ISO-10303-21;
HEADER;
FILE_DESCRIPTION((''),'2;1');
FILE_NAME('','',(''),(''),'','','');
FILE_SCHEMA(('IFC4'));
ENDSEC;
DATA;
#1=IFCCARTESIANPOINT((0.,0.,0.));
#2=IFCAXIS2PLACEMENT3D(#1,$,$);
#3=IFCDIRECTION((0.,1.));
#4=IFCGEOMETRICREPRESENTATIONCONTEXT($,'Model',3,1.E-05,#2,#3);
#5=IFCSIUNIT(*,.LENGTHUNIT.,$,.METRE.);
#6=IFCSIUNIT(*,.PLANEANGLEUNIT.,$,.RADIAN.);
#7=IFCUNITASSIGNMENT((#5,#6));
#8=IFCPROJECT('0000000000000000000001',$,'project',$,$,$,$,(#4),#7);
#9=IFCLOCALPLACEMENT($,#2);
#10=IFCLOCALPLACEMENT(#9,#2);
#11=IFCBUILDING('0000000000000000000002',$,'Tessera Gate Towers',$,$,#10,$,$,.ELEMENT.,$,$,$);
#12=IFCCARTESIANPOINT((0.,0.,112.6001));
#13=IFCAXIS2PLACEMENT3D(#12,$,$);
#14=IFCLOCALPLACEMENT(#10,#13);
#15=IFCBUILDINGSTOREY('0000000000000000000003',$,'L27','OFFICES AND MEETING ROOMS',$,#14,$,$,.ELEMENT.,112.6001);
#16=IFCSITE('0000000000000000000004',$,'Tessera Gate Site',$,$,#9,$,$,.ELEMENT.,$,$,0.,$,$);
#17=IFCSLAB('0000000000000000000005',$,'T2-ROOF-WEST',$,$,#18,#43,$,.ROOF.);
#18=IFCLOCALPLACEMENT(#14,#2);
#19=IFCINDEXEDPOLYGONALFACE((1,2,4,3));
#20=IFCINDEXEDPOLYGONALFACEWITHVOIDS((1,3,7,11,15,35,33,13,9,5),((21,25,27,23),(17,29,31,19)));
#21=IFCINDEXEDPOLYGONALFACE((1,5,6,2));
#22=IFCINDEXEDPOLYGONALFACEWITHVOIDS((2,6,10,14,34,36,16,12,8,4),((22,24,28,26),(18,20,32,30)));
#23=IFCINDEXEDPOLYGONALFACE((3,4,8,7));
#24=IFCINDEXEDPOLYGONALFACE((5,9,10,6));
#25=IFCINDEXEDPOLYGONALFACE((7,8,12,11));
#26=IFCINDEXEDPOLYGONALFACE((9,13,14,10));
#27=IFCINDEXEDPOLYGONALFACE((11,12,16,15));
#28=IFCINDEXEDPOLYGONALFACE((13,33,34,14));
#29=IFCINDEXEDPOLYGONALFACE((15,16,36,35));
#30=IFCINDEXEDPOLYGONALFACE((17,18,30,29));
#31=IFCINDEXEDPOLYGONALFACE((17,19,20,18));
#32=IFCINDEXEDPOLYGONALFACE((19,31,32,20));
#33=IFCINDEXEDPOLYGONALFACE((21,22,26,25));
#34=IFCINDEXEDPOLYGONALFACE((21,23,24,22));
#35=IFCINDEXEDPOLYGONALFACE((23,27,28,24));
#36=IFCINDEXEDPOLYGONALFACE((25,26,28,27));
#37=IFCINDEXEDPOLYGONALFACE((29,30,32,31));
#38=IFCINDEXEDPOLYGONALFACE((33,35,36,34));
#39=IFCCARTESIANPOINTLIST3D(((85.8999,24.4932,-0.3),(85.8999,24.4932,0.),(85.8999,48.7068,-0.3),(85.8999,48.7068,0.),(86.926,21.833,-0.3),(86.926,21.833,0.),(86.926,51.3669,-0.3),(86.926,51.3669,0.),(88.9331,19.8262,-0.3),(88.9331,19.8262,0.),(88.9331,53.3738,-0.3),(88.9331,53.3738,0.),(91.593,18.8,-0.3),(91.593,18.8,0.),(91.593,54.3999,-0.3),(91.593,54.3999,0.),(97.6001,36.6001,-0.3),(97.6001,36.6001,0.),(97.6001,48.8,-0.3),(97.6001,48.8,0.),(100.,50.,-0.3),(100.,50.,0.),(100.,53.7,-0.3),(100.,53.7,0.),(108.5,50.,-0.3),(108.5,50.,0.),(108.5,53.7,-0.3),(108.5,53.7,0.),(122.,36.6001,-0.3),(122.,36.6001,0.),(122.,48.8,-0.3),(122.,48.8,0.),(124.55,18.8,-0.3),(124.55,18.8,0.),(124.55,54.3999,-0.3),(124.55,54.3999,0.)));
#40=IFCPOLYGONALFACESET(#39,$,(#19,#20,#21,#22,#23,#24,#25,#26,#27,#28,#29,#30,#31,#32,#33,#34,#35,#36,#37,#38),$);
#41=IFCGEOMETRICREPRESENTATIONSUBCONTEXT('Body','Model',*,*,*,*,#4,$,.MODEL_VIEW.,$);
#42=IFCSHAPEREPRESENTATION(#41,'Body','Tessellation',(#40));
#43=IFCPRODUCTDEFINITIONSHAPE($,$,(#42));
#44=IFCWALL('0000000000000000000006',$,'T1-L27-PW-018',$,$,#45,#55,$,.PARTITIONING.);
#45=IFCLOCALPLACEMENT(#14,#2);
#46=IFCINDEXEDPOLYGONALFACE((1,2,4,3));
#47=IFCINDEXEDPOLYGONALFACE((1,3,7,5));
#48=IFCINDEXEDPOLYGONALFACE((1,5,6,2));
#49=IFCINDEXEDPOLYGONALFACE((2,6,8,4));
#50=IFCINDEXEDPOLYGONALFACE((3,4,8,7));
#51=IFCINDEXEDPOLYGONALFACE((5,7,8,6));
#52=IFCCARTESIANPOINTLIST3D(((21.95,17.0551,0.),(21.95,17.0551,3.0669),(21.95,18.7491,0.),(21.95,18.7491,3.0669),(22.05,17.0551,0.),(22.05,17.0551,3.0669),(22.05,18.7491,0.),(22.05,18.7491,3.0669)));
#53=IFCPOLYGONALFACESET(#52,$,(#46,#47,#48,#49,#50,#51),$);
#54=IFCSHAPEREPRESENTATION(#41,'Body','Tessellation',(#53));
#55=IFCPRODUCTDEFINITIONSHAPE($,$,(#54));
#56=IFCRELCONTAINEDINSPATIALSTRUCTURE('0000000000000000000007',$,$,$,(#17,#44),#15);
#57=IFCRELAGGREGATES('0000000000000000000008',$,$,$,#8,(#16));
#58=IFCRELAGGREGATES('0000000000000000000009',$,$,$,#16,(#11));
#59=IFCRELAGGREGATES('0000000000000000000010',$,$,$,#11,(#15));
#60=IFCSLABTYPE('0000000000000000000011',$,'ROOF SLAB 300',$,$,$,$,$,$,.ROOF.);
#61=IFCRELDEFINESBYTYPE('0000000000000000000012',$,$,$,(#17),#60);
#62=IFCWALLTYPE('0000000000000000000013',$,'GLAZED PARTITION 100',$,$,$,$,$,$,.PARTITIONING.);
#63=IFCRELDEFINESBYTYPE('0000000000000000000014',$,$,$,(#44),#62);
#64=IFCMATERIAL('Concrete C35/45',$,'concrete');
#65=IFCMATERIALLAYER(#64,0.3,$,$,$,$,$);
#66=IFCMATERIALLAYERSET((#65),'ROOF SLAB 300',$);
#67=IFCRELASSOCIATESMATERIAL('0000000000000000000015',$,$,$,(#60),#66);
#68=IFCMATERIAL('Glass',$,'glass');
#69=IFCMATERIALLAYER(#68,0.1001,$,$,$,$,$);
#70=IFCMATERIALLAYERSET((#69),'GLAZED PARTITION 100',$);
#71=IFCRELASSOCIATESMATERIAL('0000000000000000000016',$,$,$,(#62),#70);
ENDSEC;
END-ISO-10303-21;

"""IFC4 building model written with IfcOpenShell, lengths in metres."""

from ifc_helpers import new_model, si_unit, direction, frame, frame_2d, origin, place, context, subcontext, project, spatial, polyline, rectangle, outline, extrude, material, layer, layer_set, type_object, element, save


model = new_model("IFC4")

# Units and contexts
model_context = context("Model", 3, precision=1e-05, world=origin(), true_north=direction((0.0, 1.0)))
body_context = subcontext(model_context, "Body", "Model", "MODEL_VIEW")
ifc_project = project(units=[si_unit("LENGTHUNIT", "METRE"), si_unit("PLANEANGLEUNIT", "RADIAN")], contexts=[model_context])

# Site, building, storey
site_placement = place(None, origin())
site = spatial("IfcSite", under=ifc_project, at=site_placement, Name="Tessera Gate Site", CompositionType="ELEMENT", RefElevation=0.0)
building_placement = place(site_placement, origin())
building = spatial("IfcBuilding", under=site, at=building_placement, Name="Tessera Gate Towers", CompositionType="ELEMENT")
storey_placement = place(building_placement, frame((0.0, 0.0, 112.6001)))
storey = spatial("IfcBuildingStorey", under=building, at=storey_placement, Name="L27", Description="OFFICES AND MEETING ROOMS", CompositionType="ELEMENT", Elevation=112.6001)

# Slab
ifc_material_1 = material(Name="Concrete C35/45", Category="concrete")
ifc_layer_1 = layer(ifc_material_1, 0.3)
ifc_layer_set_1 = layer_set([ifc_layer_1], Name="ROOF SLAB 300")
slab_type_1 = type_object("IfcSlabType", Name="ROOF SLAB 300", PredefinedType="ROOF", material=ifc_layer_set_1)
slab_1_placement = place(storey_placement, frame((0.0, 0.0, -0.3)))
element("IfcSlab", 1, at=slab_1_placement, inside=storey, type_object=slab_type_1, Name="T2-ROOF-WEST", PredefinedType="ROOF", context=body_context, shape_type="SweptSolid", body=[
    extrude(outline(polyline([(85.8999, 24.4932), (86.926, 21.833), (88.9331, 19.8262), (91.593, 18.8), (124.55, 18.8), (124.55, 54.3999), (91.593, 54.3999), (88.9331, 53.3738), (86.926, 51.3669), (85.8999, 48.7068), (85.8999, 24.4932)]), holes=[polyline([(97.6001, 36.6001), (97.6001, 48.8), (122.0, 48.8), (122.0, 36.6001), (97.6001, 36.6001)]), polyline([(100.0, 50.0), (100.0, 53.7), (108.5, 53.7), (108.5, 50.0), (100.0, 50.0)])]), origin(), (0.0, 0.0, 1.0), 0.3),
])

# Wall
ifc_material_2 = material(Name="Glass", Category="glass")
ifc_layer_2 = layer(ifc_material_2, 0.1001)
ifc_layer_set_2 = layer_set([ifc_layer_2], Name="GLAZED PARTITION 100")
wall_type = type_object("IfcWallType", Name="GLAZED PARTITION 100", PredefinedType="PARTITIONING", material=ifc_layer_set_2)
wall_placement = place(storey_placement, frame((22.0, 17.0549, 0.0), z_axis=(0.0, 0.0, 1.0), x_axis=(0.0, 1.0, 0.0)))
element("IfcWall", 2, at=wall_placement, inside=storey, type_object=wall_type, Name="T1-L27-PW-018", PredefinedType="PARTITIONING", context=body_context, shape_type="SweptSolid", body=[
    extrude(rectangle(XDim=1.6941, YDim=0.1001, at=frame_2d((0.8472, 0.0))), origin(), (0.0, 0.0, 1.0), 3.0669),
])

save(model, "model.ifc")
